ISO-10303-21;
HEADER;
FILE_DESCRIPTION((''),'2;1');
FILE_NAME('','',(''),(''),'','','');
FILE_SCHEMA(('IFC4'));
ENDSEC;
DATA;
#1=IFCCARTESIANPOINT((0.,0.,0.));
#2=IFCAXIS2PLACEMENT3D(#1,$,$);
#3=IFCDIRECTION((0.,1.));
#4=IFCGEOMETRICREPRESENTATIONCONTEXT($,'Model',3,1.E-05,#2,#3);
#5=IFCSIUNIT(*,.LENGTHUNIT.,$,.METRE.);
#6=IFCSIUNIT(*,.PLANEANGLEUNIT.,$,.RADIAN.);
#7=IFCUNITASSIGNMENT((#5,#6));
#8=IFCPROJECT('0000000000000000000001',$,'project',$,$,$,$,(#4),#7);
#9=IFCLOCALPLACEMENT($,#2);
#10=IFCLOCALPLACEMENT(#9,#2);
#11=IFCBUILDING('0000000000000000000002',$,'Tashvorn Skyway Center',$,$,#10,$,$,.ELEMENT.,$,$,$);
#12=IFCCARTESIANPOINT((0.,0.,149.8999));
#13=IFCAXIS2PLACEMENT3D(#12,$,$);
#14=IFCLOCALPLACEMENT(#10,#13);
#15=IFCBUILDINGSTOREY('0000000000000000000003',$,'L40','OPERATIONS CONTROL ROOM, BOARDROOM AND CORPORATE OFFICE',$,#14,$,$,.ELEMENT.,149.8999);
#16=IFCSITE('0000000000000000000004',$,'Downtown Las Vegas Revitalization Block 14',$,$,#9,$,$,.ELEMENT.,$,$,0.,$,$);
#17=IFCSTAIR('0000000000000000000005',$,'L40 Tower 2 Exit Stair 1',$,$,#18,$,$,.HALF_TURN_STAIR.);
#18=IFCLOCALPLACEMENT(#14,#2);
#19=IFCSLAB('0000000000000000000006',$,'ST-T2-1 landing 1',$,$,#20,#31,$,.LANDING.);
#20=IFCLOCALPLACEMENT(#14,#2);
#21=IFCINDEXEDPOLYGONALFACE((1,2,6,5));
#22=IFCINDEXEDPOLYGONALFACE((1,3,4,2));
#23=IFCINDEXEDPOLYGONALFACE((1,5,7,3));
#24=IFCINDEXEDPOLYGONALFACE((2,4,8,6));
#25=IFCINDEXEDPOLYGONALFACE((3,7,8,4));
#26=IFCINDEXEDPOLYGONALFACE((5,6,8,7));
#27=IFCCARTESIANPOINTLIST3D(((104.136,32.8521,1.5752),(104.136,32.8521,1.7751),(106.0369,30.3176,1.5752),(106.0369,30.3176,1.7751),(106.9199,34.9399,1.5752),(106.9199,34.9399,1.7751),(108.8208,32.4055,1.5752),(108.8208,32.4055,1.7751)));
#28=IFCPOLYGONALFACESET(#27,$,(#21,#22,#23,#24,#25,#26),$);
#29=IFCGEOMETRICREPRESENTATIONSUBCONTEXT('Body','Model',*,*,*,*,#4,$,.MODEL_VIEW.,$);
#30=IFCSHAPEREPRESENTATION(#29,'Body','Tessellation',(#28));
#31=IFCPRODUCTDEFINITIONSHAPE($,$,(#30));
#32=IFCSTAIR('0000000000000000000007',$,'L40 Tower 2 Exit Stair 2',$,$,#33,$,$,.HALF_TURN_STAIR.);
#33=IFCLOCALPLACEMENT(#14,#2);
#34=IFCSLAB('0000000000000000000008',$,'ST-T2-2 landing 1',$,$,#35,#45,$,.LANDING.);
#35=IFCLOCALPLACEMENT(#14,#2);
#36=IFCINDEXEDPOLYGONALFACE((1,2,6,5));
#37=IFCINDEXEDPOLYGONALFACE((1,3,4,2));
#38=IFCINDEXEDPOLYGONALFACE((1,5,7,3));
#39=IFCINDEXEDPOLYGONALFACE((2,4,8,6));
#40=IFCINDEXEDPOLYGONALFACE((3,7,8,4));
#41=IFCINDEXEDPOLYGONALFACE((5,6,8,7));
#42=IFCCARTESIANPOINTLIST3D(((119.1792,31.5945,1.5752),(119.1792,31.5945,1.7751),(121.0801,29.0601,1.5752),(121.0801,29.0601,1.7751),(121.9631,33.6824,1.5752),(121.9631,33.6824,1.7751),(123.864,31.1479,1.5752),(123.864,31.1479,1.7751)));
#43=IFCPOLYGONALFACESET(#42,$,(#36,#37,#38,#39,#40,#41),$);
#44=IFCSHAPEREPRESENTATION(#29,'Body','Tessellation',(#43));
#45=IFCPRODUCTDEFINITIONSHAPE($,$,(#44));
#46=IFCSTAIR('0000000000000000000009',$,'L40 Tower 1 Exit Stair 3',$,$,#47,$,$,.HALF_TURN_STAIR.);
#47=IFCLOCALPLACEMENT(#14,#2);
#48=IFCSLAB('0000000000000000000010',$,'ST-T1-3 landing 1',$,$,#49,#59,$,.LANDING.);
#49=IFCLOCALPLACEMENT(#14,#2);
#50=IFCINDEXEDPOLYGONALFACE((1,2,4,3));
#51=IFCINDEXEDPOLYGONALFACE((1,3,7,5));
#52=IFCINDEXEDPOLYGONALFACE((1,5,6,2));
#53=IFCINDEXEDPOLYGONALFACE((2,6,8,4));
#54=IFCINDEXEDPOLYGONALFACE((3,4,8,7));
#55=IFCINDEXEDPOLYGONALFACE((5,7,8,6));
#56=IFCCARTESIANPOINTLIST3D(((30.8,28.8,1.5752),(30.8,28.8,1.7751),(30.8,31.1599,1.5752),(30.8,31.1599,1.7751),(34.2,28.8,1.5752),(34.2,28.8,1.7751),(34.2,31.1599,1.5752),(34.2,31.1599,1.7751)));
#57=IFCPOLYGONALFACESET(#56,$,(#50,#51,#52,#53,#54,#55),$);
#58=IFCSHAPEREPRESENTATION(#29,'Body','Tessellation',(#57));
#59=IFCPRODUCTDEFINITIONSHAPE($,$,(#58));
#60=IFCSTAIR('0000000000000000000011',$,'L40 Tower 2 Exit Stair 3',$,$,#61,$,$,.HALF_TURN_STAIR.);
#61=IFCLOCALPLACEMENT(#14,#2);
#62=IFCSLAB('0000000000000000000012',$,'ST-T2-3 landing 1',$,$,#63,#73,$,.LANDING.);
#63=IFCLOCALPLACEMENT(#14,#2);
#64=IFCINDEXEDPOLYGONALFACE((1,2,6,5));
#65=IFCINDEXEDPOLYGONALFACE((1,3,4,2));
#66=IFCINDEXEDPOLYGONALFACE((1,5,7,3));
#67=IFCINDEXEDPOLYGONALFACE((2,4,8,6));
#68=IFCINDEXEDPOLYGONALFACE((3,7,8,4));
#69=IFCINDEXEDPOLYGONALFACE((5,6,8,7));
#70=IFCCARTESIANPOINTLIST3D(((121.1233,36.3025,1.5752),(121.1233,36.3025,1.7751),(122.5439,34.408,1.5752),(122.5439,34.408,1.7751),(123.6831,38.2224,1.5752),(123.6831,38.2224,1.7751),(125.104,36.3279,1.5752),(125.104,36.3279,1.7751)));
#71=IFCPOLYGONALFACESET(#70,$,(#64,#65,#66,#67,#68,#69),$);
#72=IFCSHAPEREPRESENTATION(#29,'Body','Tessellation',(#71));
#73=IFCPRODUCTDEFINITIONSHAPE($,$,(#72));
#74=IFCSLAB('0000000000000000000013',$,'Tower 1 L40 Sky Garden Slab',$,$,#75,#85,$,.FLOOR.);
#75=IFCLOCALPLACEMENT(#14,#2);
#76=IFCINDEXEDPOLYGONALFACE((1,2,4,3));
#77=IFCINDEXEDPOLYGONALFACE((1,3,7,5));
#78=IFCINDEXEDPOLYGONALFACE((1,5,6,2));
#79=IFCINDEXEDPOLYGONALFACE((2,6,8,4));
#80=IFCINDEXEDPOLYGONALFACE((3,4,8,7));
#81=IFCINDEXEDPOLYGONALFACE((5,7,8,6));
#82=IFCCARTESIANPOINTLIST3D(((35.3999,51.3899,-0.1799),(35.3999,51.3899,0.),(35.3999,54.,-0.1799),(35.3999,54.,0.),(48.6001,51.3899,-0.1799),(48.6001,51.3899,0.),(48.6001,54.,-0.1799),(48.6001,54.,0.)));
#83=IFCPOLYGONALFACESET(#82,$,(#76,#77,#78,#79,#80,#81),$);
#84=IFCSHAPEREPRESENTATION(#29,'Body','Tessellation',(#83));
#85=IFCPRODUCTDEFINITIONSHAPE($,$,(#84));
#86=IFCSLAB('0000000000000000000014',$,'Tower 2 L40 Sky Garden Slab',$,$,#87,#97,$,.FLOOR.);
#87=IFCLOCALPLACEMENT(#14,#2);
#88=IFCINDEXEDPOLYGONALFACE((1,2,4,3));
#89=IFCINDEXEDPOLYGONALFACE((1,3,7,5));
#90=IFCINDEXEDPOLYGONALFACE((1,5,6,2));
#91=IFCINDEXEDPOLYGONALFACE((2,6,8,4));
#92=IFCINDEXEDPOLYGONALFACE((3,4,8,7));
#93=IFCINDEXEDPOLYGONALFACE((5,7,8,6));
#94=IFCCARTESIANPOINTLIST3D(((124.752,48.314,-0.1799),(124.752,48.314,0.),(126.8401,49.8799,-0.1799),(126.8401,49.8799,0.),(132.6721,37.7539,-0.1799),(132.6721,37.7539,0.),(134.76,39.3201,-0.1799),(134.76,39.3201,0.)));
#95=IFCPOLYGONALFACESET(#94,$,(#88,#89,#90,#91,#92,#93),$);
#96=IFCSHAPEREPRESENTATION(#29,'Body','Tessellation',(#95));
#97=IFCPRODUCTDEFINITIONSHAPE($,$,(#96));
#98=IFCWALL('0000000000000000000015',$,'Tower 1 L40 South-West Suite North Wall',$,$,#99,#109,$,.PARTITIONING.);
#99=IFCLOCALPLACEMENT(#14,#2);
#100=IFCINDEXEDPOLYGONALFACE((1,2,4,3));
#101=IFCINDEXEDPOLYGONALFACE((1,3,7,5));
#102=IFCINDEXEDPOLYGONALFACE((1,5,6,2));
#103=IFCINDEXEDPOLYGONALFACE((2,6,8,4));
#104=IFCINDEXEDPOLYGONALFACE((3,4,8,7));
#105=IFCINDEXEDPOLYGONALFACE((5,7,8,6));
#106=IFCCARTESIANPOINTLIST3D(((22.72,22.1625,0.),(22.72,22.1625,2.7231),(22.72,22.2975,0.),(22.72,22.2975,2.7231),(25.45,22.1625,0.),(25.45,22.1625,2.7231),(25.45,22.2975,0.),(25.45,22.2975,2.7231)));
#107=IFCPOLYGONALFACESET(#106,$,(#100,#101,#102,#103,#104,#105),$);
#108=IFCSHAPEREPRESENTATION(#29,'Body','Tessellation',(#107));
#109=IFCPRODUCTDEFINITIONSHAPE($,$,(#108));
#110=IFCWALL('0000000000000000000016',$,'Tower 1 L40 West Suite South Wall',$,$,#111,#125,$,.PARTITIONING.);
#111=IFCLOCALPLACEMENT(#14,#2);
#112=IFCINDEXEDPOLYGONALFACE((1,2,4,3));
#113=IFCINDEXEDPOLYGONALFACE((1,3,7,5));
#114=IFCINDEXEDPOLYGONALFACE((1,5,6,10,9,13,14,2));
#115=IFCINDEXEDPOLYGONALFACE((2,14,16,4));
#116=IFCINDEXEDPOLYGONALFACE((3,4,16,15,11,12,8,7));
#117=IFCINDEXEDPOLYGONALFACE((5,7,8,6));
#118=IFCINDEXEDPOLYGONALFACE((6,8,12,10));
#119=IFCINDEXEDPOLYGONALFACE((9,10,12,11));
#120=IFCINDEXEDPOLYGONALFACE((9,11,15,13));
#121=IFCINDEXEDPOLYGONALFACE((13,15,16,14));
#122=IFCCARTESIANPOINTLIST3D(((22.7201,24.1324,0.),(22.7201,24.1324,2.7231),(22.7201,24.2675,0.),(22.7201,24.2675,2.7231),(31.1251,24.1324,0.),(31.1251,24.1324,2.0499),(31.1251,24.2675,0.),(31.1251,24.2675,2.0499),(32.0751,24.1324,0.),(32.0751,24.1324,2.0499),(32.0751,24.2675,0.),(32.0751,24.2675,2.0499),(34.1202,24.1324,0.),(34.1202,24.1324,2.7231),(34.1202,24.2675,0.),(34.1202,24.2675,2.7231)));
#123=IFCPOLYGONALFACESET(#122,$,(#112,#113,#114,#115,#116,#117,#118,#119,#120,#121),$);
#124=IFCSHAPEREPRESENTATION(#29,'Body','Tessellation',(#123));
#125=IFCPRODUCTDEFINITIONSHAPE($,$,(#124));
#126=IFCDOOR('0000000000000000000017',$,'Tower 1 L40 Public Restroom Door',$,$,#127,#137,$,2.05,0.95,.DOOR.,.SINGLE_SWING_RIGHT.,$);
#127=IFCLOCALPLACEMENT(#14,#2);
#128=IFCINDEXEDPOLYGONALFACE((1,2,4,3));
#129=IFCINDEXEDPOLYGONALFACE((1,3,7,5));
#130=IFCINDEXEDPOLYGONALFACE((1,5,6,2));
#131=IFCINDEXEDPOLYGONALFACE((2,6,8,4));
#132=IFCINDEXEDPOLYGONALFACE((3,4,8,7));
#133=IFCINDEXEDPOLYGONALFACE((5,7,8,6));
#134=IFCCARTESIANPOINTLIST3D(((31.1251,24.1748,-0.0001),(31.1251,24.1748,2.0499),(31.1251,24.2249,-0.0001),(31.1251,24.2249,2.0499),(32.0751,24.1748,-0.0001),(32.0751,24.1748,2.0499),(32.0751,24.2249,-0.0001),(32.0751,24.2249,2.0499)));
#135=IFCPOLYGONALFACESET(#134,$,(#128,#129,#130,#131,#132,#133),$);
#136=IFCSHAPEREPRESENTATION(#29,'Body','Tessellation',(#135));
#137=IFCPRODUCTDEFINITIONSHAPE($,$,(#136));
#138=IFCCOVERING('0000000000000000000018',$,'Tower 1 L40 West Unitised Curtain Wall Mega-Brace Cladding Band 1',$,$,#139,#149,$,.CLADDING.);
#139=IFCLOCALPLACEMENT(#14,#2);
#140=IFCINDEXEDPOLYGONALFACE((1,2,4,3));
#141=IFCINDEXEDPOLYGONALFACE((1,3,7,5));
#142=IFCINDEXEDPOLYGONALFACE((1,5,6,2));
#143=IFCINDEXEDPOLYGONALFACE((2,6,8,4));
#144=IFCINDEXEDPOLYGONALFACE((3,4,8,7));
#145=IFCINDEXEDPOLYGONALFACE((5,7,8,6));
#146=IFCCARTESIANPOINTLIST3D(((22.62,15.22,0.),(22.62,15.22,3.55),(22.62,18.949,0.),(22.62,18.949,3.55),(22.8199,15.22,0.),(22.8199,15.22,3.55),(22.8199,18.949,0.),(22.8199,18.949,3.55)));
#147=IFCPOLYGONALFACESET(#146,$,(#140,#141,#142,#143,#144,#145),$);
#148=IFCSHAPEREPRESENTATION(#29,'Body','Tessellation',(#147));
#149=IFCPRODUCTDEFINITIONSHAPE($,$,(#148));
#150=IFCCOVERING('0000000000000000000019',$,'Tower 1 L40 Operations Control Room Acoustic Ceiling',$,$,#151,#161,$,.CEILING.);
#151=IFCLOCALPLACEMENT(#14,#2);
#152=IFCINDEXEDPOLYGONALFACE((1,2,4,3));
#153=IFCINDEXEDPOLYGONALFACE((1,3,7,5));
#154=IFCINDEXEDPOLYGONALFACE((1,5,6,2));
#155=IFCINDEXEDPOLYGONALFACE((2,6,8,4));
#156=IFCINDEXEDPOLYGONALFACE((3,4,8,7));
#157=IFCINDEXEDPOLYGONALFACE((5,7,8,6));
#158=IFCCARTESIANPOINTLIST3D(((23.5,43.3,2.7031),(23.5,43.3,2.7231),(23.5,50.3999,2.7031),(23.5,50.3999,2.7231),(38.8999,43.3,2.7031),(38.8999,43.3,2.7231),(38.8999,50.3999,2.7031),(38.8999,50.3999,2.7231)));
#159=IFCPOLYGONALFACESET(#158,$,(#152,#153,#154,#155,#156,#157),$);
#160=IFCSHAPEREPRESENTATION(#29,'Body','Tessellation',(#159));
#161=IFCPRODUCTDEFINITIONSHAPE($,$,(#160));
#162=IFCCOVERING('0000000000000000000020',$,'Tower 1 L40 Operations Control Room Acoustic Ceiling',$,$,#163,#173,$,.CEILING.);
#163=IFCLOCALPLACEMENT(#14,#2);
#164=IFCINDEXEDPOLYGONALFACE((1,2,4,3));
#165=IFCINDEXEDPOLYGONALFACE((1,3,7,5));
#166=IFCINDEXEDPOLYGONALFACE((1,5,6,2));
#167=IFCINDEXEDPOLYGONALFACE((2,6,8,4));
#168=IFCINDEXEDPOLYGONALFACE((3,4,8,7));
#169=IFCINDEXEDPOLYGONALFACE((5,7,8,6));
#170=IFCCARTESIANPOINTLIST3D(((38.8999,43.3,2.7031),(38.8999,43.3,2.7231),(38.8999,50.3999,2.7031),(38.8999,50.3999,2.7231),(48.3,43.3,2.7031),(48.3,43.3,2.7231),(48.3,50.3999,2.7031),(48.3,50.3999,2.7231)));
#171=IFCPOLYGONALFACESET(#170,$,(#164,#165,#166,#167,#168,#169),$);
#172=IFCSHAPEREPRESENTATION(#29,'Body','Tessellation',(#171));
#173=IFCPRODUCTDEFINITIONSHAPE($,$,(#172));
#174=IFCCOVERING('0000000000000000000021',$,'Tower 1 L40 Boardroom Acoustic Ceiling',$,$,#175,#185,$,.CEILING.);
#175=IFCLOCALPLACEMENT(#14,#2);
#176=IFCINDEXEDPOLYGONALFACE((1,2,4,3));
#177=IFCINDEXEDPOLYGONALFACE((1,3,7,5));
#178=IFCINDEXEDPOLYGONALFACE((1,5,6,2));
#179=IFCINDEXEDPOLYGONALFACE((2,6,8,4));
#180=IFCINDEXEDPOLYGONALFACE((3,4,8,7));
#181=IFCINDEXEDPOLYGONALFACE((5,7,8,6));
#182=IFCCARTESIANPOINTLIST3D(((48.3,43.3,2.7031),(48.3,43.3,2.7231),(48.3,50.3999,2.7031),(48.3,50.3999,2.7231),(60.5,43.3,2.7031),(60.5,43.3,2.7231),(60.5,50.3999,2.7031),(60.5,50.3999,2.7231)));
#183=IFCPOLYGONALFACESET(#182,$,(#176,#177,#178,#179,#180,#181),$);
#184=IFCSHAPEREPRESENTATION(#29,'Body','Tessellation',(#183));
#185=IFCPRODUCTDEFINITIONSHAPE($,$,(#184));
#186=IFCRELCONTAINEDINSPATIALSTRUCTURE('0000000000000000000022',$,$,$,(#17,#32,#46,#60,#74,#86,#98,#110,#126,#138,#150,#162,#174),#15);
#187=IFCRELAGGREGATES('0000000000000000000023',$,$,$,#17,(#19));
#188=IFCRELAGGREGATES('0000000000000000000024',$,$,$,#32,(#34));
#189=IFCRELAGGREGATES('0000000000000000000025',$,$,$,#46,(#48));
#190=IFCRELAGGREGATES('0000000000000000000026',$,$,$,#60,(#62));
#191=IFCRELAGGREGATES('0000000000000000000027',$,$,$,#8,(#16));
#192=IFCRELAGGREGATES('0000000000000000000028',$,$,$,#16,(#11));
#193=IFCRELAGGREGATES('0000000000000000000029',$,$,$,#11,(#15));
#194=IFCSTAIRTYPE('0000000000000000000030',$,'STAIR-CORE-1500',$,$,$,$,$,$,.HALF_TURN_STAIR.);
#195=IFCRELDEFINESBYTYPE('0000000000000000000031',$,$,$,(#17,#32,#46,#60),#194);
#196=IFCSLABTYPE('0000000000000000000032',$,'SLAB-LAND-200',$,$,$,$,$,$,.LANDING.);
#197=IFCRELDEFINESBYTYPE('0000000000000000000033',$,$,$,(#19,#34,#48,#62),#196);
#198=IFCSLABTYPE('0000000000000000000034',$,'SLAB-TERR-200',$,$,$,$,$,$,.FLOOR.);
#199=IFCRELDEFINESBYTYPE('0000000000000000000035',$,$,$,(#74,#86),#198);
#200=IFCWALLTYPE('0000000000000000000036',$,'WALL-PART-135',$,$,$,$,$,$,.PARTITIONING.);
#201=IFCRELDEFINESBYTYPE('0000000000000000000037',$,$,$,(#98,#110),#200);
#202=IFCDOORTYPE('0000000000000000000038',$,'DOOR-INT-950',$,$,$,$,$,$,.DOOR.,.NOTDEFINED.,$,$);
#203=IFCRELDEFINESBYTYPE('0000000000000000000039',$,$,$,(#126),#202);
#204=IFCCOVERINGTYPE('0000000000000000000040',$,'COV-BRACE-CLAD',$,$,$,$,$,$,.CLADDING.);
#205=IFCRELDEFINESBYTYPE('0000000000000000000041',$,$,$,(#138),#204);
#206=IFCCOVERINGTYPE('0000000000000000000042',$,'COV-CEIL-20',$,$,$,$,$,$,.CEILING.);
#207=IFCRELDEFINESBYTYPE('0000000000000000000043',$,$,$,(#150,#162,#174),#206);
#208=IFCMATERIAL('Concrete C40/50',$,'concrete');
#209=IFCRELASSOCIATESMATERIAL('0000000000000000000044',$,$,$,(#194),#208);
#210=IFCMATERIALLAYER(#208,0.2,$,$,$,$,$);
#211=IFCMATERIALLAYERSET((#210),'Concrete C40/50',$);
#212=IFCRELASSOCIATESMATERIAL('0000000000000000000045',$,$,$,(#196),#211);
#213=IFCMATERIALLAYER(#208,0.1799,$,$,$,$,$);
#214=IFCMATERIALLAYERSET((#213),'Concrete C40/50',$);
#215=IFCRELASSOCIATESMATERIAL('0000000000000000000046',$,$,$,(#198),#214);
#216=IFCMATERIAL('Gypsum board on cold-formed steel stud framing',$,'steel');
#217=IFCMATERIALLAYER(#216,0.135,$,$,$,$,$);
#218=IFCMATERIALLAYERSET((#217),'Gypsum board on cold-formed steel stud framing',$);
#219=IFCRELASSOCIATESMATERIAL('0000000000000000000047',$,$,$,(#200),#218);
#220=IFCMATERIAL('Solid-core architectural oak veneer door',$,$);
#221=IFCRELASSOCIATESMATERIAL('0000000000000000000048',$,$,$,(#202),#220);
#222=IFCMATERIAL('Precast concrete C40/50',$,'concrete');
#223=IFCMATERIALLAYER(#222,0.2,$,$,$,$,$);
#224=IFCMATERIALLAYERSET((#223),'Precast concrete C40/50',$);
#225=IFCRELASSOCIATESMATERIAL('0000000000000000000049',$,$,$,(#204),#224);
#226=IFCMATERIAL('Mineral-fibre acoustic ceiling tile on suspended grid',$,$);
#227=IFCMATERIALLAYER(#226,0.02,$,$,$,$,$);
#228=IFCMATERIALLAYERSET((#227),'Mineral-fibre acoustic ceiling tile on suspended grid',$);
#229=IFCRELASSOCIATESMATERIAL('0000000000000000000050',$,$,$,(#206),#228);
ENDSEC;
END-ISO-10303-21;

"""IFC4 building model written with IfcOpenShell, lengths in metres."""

from ifc_helpers import new_model, si_unit, direction, frame, frame_2d, origin, origin_2d, place, context, subcontext, project, spatial, polyline, rectangle, outline, extrude, material, layer, layer_set, type_object, element, fill, aggregate, save


model = new_model("IFC4")

# Units and contexts
model_context = context("Model", 3, precision=1e-05, world=origin(), true_north=direction((0.0, 1.0)))
body_context = subcontext(model_context, "Body", "Model", "MODEL_VIEW")
ifc_project = project(units=[si_unit("LENGTHUNIT", "METRE"), si_unit("PLANEANGLEUNIT", "RADIAN")], contexts=[model_context])

# Site, building, storey
site_placement = place(None, origin())
site = spatial("IfcSite", under=ifc_project, at=site_placement, Name="Downtown Las Vegas Revitalization Block 14", CompositionType="ELEMENT", RefElevation=0.0)
building_placement = place(site_placement, origin())
building = spatial("IfcBuilding", under=site, at=building_placement, Name="Tashvorn Skyway Center", CompositionType="ELEMENT")
storey_placement = place(building_placement, frame((0.0, 0.0, 149.8999)))
storey = spatial("IfcBuildingStorey", under=building, at=storey_placement, Name="L40", Description="OPERATIONS CONTROL ROOM, BOARDROOM AND CORPORATE OFFICE", CompositionType="ELEMENT", Elevation=149.8999)

# Shared definitions
ifc_material_1 = material(Name="Concrete C40/50", Category="concrete")

# Stairs, slabs
stair_type = type_object("IfcStairType", Name="STAIR-CORE-1500", PredefinedType="HALF_TURN_STAIR", material=ifc_material_1)
ifc_layer_1 = layer(ifc_material_1, 0.2)
ifc_layer_set_1 = layer_set([ifc_layer_1], Name="Concrete C40/50")
slab_type_1 = type_object("IfcSlabType", Name="SLAB-LAND-200", PredefinedType="LANDING", material=ifc_layer_set_1)
stair_1_placement = place(storey_placement, origin())
stair_1 = element("IfcStair", 1, at=stair_1_placement, inside=storey, type_object=stair_type, Name="L40 Tower 2 Exit Stair 1", PredefinedType="HALF_TURN_STAIR")
slab_1_placement = place(storey_placement, frame((0.0, 0.0, 1.5752)))
slab_1 = element("IfcSlab", 2, at=slab_1_placement, type_object=slab_type_1, Name="ST-T2-1 landing 1", PredefinedType="LANDING", context=body_context, shape_type="SweptSolid", body=[
    extrude(outline(polyline([(108.8208, 32.4055), (106.9199, 34.9399), (104.136, 32.8521), (106.0369, 30.3176), (108.8208, 32.4055)])), origin(), (0.0, 0.0, 1.0), 0.2),
])
aggregate(stair_1, [slab_1])
stair_2_placement = place(storey_placement, origin())
stair_2 = element("IfcStair", 3, at=stair_2_placement, inside=storey, type_object=stair_type, Name="L40 Tower 2 Exit Stair 2", PredefinedType="HALF_TURN_STAIR")
slab_2_placement = place(storey_placement, frame((0.0, 0.0, 1.5752)))
slab_2 = element("IfcSlab", 4, at=slab_2_placement, type_object=slab_type_1, Name="ST-T2-2 landing 1", PredefinedType="LANDING", context=body_context, shape_type="SweptSolid", body=[
    extrude(outline(polyline([(119.1792, 31.5945), (121.0801, 29.0601), (123.864, 31.1479), (121.9631, 33.6824), (119.1792, 31.5945)])), origin(), (0.0, 0.0, 1.0), 0.2),
])
aggregate(stair_2, [slab_2])
stair_3_placement = place(storey_placement, origin())
stair_3 = element("IfcStair", 5, at=stair_3_placement, inside=storey, type_object=stair_type, Name="L40 Tower 1 Exit Stair 3", PredefinedType="HALF_TURN_STAIR")
slab_3_placement = place(storey_placement, frame((0.0, 0.0, 1.5752)))
slab_3 = element("IfcSlab", 6, at=slab_3_placement, type_object=slab_type_1, Name="ST-T1-3 landing 1", PredefinedType="LANDING", context=body_context, shape_type="SweptSolid", body=[
    extrude(outline(polyline([(30.8, 31.1599), (30.8, 28.8), (34.2, 28.8), (34.2, 31.1599), (30.8, 31.1599)])), origin(), (0.0, 0.0, 1.0), 0.2),
])
aggregate(stair_3, [slab_3])
stair_4_placement = place(storey_placement, origin())
stair_4 = element("IfcStair", 7, at=stair_4_placement, inside=storey, type_object=stair_type, Name="L40 Tower 2 Exit Stair 3", PredefinedType="HALF_TURN_STAIR")
slab_4_placement = place(storey_placement, frame((0.0, 0.0, 1.5752)))
slab_4 = element("IfcSlab", 8, at=slab_4_placement, type_object=slab_type_1, Name="ST-T2-3 landing 1", PredefinedType="LANDING", context=body_context, shape_type="SweptSolid", body=[
    extrude(outline(polyline([(121.1233, 36.3025), (122.5439, 34.408), (125.104, 36.3279), (123.6831, 38.2224), (121.1233, 36.3025)])), origin(), (0.0, 0.0, 1.0), 0.2),
])
aggregate(stair_4, [slab_4])

# Slabs
ifc_layer_2 = layer(ifc_material_1, 0.1799)
ifc_layer_set_2 = layer_set([ifc_layer_2], Name="Concrete C40/50")
slab_type_2 = type_object("IfcSlabType", Name="SLAB-TERR-200", PredefinedType="FLOOR", material=ifc_layer_set_2)
slab_5_placement = place(storey_placement, frame((0.0, 0.0, -0.1799)))
element("IfcSlab", 9, at=slab_5_placement, inside=storey, type_object=slab_type_2, Name="Tower 1 L40 Sky Garden Slab", PredefinedType="FLOOR", context=body_context, shape_type="SweptSolid", body=[
    extrude(outline(polyline([(35.3999, 51.3899), (48.6001, 51.3899), (48.6001, 54.0), (35.3999, 54.0), (35.3999, 51.3899)])), origin(), (0.0, 0.0, 1.0), 0.1799),
])
slab_6_placement = place(storey_placement, frame((0.0, 0.0, -0.1799)))
element("IfcSlab", 10, at=slab_6_placement, inside=storey, type_object=slab_type_2, Name="Tower 2 L40 Sky Garden Slab", PredefinedType="FLOOR", context=body_context, shape_type="SweptSolid", body=[
    extrude(outline(polyline([(132.6721, 37.7539), (134.76, 39.3201), (126.8401, 49.8799), (124.752, 48.314), (132.6721, 37.7539)])), origin(), (0.0, 0.0, 1.0), 0.1799),
])

# Wall
ifc_material_2 = material(Name="Gypsum board on cold-formed steel stud framing", Category="steel")
ifc_layer_3 = layer(ifc_material_2, 0.135)
ifc_layer_set_3 = layer_set([ifc_layer_3], Name="Gypsum board on cold-formed steel stud framing")
wall_type = type_object("IfcWallType", Name="WALL-PART-135", PredefinedType="PARTITIONING", material=ifc_layer_set_3)
wall_1_placement = place(storey_placement, frame((22.72, 22.23, 0.0), z_axis=(0.0, 0.0, 1.0), x_axis=(1.0, 0.0, 0.0)))
element("IfcWall", 11, at=wall_1_placement, inside=storey, type_object=wall_type, Name="Tower 1 L40 South-West Suite North Wall", PredefinedType="PARTITIONING", context=body_context, shape_type="SweptSolid", body=[
    extrude(rectangle(XDim=2.73, YDim=0.135, at=frame_2d((1.365, 0.0))), origin(), (0.0, 0.0, 1.0), 2.7231),
])

# Wall, opening, door
wall_2_placement = place(storey_placement, frame((22.72, 24.2, 0.0), z_axis=(0.0, 0.0, 1.0), x_axis=(1.0, 0.0, 0.0)))
wall_2 = element("IfcWall", 12, at=wall_2_placement, inside=storey, type_object=wall_type, Name="Tower 1 L40 West Suite South Wall", PredefinedType="PARTITIONING", context=body_context, shape_type="SweptSolid", body=[
    extrude(rectangle(XDim=11.4001, YDim=0.135, at=frame_2d((5.7002, 0.0))), origin(), (0.0, 0.0, 1.0), 2.7231),
])
opening_placement = place(wall_2_placement, frame((8.405, 0.0, 0.0)))
opening = element("IfcOpeningElement", 13, at=opening_placement, cuts=wall_2, PredefinedType="OPENING", context=body_context, shape_type="SweptSolid", body=[
    extrude(rectangle(XDim=0.95, YDim=2.05, at=frame_2d((0.4751, 1.0249))), frame((0.0, 0.0774, 0.0), z_axis=(0.0, -1.0, 0.0), x_axis=(1.0, 0.0, 0.0)), (0.0, 0.0, 1.0), 0.155),
])
ifc_material_3 = material(Name="Solid-core architectural oak veneer door")
door_type = type_object("IfcDoorType", Name="DOOR-INT-950", OperationType="NOTDEFINED", PredefinedType="DOOR", material=ifc_material_3)
door_placement = place(opening_placement, origin())
door = element("IfcDoor", 14, at=door_placement, inside=storey, type_object=door_type, Name="Tower 1 L40 Public Restroom Door", OperationType="SINGLE_SWING_RIGHT", OverallHeight=2.05, OverallWidth=0.95, PredefinedType="DOOR", context=body_context, shape_type="SweptSolid", body=[
    extrude(rectangle(XDim=0.95, YDim=2.05, at=frame_2d((0.4751, 1.0249))), frame((0.0, 0.0249, 0.0), z_axis=(0.0, -1.0, 0.0), x_axis=(1.0, 0.0, 0.0)), (0.0, 0.0, 1.0), 0.05),
])
fill(opening, door)

# Coverings
ifc_material_4 = material(Name="Precast concrete C40/50", Category="concrete")
ifc_layer_4 = layer(ifc_material_4, 0.2)
ifc_layer_set_4 = layer_set([ifc_layer_4], Name="Precast concrete C40/50")
covering_type_1 = type_object("IfcCoveringType", Name="COV-BRACE-CLAD", PredefinedType="CLADDING", material=ifc_layer_set_4)
covering_1_placement = place(storey_placement, frame((22.72, 17.0845, 0.0), z_axis=(0.0, 0.0, 1.0), x_axis=(0.0, 1.0, 0.0)))
element("IfcCovering", 15, at=covering_1_placement, inside=storey, type_object=covering_type_1, Name="Tower 1 L40 West Unitised Curtain Wall Mega-Brace Cladding Band 1", PredefinedType="CLADDING", context=body_context, shape_type="SweptSolid", body=[
    extrude(rectangle(XDim=3.729, YDim=0.2, at=origin_2d()), origin(), (0.0, 0.0, 1.0), 3.55),
])
ifc_material_5 = material(Name="Mineral-fibre acoustic ceiling tile on suspended grid")
ifc_layer_5 = layer(ifc_material_5, 0.02)
ifc_layer_set_5 = layer_set([ifc_layer_5], Name="Mineral-fibre acoustic ceiling tile on suspended grid")
covering_type_2 = type_object("IfcCoveringType", Name="COV-CEIL-20", PredefinedType="CEILING", material=ifc_layer_set_5)
covering_2_placement = place(storey_placement, frame((0.0, 0.0, 2.7031)))
element("IfcCovering", 16, at=covering_2_placement, inside=storey, type_object=covering_type_2, Name="Tower 1 L40 Operations Control Room Acoustic Ceiling", PredefinedType="CEILING", context=body_context, shape_type="SweptSolid", body=[
    extrude(outline(polyline([(23.5, 43.3), (38.8999, 43.3), (38.8999, 50.3999), (23.5, 50.3999), (23.5, 43.3)])), origin(), (0.0, 0.0, 1.0), 0.02),
])
covering_3_placement = place(storey_placement, frame((0.0, 0.0, 2.7031)))
element("IfcCovering", 17, at=covering_3_placement, inside=storey, type_object=covering_type_2, Name="Tower 1 L40 Operations Control Room Acoustic Ceiling", PredefinedType="CEILING", context=body_context, shape_type="SweptSolid", body=[
    extrude(outline(polyline([(38.8999, 43.3), (48.3, 43.3), (48.3, 50.3999), (38.8999, 50.3999), (38.8999, 43.3)])), origin(), (0.0, 0.0, 1.0), 0.02),
])
covering_4_placement = place(storey_placement, frame((0.0, 0.0, 2.7031)))
element("IfcCovering", 18, at=covering_4_placement, inside=storey, type_object=covering_type_2, Name="Tower 1 L40 Boardroom Acoustic Ceiling", PredefinedType="CEILING", context=body_context, shape_type="SweptSolid", body=[
    extrude(outline(polyline([(48.3, 43.3), (60.5, 43.3), (60.5, 50.3999), (48.3, 50.3999), (48.3, 43.3)])), origin(), (0.0, 0.0, 1.0), 0.02),
])

save(model, "model.ifc")
